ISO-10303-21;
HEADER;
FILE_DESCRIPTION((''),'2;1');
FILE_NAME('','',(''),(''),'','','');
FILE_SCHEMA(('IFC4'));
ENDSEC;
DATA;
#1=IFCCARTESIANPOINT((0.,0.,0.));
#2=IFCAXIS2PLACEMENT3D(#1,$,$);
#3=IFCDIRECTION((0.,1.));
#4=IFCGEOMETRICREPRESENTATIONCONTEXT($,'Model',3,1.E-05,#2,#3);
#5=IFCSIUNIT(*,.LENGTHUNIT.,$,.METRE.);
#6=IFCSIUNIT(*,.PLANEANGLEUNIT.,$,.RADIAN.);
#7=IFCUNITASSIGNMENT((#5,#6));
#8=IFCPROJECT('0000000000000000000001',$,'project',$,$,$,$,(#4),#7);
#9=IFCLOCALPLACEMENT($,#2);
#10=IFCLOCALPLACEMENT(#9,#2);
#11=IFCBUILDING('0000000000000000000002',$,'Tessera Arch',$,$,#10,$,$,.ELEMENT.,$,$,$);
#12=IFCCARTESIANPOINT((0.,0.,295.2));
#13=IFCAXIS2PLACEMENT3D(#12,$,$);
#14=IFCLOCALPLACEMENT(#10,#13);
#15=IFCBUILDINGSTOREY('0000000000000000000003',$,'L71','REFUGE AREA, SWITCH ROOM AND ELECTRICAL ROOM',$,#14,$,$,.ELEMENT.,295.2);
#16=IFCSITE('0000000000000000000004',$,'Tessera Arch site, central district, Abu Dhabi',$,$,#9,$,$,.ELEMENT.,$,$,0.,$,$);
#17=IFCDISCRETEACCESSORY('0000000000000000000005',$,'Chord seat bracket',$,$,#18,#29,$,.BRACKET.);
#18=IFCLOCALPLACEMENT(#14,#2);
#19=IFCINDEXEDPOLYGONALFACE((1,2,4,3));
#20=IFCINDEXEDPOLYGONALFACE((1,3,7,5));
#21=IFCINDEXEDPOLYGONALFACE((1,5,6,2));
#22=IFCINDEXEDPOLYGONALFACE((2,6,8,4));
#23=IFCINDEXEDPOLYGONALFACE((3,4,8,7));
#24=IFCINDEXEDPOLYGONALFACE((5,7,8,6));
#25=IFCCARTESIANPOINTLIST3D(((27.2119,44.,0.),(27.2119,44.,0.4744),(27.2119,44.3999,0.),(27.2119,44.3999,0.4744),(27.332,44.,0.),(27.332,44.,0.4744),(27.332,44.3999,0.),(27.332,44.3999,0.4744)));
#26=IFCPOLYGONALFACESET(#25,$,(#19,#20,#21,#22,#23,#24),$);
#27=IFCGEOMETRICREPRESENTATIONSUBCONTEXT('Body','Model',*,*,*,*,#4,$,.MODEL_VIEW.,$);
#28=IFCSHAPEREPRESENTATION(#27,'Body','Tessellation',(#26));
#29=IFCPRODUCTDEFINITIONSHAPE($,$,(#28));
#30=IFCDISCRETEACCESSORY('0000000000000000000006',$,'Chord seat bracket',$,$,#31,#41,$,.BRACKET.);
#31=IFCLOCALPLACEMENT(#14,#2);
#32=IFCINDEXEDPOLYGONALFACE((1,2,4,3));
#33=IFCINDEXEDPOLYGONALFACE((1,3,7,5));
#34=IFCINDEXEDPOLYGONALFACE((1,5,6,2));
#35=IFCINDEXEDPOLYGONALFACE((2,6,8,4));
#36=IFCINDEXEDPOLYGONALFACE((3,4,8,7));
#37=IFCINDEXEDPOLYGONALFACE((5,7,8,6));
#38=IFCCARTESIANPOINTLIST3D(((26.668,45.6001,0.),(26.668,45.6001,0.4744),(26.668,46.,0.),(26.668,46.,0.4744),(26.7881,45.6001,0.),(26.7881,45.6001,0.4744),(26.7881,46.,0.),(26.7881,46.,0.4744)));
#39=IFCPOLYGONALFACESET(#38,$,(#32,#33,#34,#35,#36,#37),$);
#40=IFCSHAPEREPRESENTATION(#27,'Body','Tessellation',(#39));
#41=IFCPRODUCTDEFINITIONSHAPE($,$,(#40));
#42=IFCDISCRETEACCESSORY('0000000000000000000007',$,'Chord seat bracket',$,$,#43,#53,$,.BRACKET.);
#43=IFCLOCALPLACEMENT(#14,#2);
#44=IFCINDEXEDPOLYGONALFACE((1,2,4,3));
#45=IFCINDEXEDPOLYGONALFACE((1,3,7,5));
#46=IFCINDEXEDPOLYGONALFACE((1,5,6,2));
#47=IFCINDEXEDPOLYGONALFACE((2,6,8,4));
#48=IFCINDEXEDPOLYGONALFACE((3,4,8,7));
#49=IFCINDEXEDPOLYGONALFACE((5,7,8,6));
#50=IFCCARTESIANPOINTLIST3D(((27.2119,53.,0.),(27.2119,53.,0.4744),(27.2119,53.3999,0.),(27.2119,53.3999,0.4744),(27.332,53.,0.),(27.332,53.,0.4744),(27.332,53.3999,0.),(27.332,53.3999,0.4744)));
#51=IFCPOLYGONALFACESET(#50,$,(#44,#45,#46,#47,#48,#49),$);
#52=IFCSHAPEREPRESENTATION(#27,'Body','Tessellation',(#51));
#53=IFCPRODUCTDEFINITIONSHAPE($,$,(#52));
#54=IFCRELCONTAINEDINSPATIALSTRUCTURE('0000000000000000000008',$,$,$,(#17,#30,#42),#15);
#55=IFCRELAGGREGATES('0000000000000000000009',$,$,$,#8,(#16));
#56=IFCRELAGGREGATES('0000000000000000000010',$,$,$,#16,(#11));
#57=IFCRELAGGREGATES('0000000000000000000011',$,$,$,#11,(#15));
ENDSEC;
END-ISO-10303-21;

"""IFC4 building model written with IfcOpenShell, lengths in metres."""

from ifc_helpers import new_model, si_unit, direction, frame, origin, place, context, subcontext, project, spatial, polyline, outline, extrude, element, save


model = new_model("IFC4")

# Units and contexts
model_context = context("Model", 3, precision=1e-05, world=origin(), true_north=direction((0.0, 1.0)))
body_context = subcontext(model_context, "Body", "Model", "MODEL_VIEW")
ifc_project = project(units=[si_unit("LENGTHUNIT", "METRE"), si_unit("PLANEANGLEUNIT", "RADIAN")], contexts=[model_context])

# Site, building, storey
site_placement = place(None, origin())
site = spatial("IfcSite", under=ifc_project, at=site_placement, Name="Tessera Arch site, central district, Abu Dhabi", CompositionType="ELEMENT", RefElevation=0.0)
building_placement = place(site_placement, origin())
building = spatial("IfcBuilding", under=site, at=building_placement, Name="Tessera Arch", CompositionType="ELEMENT")
storey_placement = place(building_placement, frame((0.0, 0.0, 295.2)))
storey = spatial("IfcBuildingStorey", under=building, at=storey_placement, Name="L71", Description="REFUGE AREA, SWITCH ROOM AND ELECTRICAL ROOM", CompositionType="ELEMENT", Elevation=295.2)

# Discrete accessories
discrete_accessory_1_placement = place(storey_placement, origin())
element("IfcDiscreteAccessory", 1, at=discrete_accessory_1_placement, inside=storey, Name="Chord seat bracket", PredefinedType="BRACKET", context=body_context, shape_type="SweptSolid", body=[
    extrude(outline(polyline([(27.2119, 44.0), (27.2119, 44.3999), (27.332, 44.3999), (27.332, 44.0), (27.2119, 44.0)])), origin(), (0.0, 0.0, 1.0), 0.4744),
])
discrete_accessory_2_placement = place(storey_placement, origin())
element("IfcDiscreteAccessory", 2, at=discrete_accessory_2_placement, inside=storey, Name="Chord seat bracket", PredefinedType="BRACKET", context=body_context, shape_type="SweptSolid", body=[
    extrude(outline(polyline([(26.7881, 46.0), (26.7881, 45.6001), (26.668, 45.6001), (26.668, 46.0), (26.7881, 46.0)])), origin(), (0.0, 0.0, 1.0), 0.4744),
])
discrete_accessory_3_placement = place(storey_placement, origin())
element("IfcDiscreteAccessory", 3, at=discrete_accessory_3_placement, inside=storey, Name="Chord seat bracket", PredefinedType="BRACKET", context=body_context, shape_type="SweptSolid", body=[
    extrude(outline(polyline([(27.2119, 53.0), (27.2119, 53.3999), (27.332, 53.3999), (27.332, 53.0), (27.2119, 53.0)])), origin(), (0.0, 0.0, 1.0), 0.4744),
])

save(model, "model.ifc")
